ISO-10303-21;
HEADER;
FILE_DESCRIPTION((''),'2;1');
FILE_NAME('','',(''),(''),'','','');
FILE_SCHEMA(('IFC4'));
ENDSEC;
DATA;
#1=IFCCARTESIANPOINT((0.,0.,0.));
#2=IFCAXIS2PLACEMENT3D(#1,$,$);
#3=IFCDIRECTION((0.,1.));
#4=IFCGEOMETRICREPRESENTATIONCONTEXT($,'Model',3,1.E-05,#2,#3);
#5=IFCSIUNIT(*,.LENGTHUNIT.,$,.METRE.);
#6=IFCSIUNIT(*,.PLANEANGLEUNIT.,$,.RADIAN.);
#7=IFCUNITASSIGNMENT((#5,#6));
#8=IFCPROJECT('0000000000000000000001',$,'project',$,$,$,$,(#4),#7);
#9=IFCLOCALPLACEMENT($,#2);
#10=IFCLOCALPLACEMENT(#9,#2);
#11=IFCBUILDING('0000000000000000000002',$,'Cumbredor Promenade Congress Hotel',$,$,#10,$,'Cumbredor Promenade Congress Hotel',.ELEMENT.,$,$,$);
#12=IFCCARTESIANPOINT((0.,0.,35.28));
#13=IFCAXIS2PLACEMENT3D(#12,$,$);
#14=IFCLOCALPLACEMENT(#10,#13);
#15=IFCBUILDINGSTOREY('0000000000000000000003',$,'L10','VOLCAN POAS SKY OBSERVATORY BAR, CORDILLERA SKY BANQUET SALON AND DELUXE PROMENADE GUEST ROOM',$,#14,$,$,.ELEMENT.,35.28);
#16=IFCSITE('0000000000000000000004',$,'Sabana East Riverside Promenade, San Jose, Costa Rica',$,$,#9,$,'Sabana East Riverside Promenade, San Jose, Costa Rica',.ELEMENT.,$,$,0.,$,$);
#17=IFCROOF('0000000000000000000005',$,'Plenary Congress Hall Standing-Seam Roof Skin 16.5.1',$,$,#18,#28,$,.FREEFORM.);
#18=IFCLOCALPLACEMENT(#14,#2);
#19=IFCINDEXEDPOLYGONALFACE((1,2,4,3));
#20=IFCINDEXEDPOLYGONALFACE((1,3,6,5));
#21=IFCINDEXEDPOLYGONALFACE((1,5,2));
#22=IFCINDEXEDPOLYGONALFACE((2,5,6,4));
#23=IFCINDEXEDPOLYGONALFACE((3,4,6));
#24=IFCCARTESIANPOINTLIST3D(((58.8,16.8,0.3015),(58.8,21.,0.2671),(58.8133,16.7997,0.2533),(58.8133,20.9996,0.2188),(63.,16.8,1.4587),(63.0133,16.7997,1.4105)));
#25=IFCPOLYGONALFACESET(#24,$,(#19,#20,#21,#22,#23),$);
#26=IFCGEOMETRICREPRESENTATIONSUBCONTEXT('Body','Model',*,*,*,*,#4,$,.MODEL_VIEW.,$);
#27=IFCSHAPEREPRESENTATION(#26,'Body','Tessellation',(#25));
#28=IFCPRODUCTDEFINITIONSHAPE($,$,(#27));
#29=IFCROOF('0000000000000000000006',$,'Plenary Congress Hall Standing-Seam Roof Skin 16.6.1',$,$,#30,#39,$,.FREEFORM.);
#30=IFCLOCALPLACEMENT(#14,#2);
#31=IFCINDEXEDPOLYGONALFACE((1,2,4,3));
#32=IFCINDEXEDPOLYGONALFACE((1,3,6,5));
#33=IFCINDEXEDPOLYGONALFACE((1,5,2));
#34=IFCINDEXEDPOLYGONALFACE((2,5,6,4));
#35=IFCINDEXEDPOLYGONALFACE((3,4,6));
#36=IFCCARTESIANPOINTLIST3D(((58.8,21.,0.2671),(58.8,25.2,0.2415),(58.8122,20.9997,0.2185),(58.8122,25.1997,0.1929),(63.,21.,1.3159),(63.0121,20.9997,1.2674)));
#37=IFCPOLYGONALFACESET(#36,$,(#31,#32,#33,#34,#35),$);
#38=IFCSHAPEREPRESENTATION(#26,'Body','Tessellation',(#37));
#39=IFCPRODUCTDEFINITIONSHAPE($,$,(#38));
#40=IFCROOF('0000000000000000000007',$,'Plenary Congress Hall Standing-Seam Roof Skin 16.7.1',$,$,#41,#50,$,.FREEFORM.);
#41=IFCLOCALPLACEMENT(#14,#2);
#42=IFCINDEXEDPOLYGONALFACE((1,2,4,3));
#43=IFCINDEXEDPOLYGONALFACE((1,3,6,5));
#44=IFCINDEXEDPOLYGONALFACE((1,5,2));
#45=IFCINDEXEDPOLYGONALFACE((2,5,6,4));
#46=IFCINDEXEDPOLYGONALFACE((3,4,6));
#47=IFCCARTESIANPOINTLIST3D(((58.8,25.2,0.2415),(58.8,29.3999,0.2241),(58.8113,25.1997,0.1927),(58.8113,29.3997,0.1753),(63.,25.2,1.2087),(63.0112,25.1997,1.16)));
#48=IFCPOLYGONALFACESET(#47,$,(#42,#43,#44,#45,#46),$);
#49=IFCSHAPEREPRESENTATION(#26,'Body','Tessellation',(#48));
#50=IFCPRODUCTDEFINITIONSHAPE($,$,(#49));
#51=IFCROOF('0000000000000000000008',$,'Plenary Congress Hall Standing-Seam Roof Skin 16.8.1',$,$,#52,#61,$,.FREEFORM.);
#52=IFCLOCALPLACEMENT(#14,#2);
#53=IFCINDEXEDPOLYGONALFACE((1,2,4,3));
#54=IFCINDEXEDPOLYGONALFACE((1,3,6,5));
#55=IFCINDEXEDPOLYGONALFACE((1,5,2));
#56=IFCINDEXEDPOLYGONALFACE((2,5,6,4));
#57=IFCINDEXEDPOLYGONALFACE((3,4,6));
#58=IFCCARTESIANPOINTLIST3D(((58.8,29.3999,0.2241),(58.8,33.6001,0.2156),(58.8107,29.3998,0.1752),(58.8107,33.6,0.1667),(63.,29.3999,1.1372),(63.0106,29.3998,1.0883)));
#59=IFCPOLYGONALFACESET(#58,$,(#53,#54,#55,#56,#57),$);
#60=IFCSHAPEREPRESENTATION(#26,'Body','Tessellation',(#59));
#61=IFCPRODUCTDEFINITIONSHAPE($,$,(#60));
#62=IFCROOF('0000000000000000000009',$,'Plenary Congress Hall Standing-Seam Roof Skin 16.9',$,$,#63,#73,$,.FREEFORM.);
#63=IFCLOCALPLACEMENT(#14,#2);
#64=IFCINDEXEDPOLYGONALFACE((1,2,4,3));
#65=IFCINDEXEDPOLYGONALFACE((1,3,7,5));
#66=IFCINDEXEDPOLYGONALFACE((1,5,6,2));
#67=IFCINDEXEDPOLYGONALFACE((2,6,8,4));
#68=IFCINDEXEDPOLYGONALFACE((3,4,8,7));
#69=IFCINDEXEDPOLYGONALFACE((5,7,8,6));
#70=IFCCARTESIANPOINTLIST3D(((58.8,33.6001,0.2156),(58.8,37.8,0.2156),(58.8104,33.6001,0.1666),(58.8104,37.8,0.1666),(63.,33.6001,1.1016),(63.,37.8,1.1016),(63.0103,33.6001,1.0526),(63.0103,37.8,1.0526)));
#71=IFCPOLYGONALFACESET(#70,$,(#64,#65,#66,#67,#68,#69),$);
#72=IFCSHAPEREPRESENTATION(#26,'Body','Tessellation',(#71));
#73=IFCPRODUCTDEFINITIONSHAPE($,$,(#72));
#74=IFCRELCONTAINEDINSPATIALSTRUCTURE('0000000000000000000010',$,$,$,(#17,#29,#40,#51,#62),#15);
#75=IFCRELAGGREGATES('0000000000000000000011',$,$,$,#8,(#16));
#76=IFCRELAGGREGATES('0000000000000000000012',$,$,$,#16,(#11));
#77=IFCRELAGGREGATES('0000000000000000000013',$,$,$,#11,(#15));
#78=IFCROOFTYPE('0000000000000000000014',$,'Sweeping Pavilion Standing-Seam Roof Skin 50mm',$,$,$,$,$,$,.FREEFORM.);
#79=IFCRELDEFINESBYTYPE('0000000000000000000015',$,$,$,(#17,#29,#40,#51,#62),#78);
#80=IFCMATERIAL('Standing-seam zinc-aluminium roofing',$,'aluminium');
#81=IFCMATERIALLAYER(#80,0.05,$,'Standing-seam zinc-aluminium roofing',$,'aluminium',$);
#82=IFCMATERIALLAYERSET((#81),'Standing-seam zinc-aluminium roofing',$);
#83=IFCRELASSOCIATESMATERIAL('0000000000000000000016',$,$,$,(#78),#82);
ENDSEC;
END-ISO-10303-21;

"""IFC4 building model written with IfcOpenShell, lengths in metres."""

from ifc_helpers import new_model, si_unit, direction, frame, origin, place, context, subcontext, project, spatial, polyline, outline, extrude, material, layer, layer_set, type_object, element, save


model = new_model("IFC4")

# Units and contexts
model_context = context("Model", 3, precision=1e-05, world=origin(), true_north=direction((0.0, 1.0)))
body_context = subcontext(model_context, "Body", "Model", "MODEL_VIEW")
ifc_project = project(units=[si_unit("LENGTHUNIT", "METRE"), si_unit("PLANEANGLEUNIT", "RADIAN")], contexts=[model_context])

# Site, building, storey
site_placement = place(None, origin())
site = spatial("IfcSite", under=ifc_project, at=site_placement, Name="Sabana East Riverside Promenade, San Jose, Costa Rica", LongName="Sabana East Riverside Promenade, San Jose, Costa Rica", CompositionType="ELEMENT", RefElevation=0.0)
building_placement = place(site_placement, origin())
building = spatial("IfcBuilding", under=site, at=building_placement, Name="Cumbredor Promenade Congress Hotel", LongName="Cumbredor Promenade Congress Hotel", CompositionType="ELEMENT")
storey_placement = place(building_placement, frame((0.0, 0.0, 35.28)))
storey = spatial("IfcBuildingStorey", under=building, at=storey_placement, Name="L10", Description="VOLCAN POAS SKY OBSERVATORY BAR, CORDILLERA SKY BANQUET SALON AND DELUXE PROMENADE GUEST ROOM", CompositionType="ELEMENT", Elevation=35.28)

# Roofs
ifc_material_1 = material(Name="Standing-seam zinc-aluminium roofing", Category="aluminium")
ifc_layer_1 = layer(ifc_material_1, 0.05, Name="Standing-seam zinc-aluminium roofing", Category="aluminium")
ifc_layer_set_1 = layer_set([ifc_layer_1], Name="Standing-seam zinc-aluminium roofing")
roof_type = type_object("IfcRoofType", Name="Sweeping Pavilion Standing-Seam Roof Skin 50mm", PredefinedType="FREEFORM", material=ifc_layer_set_1)
roof_1_placement = place(storey_placement, frame((58.8, 16.8, 0.3015), z_axis=(-0.265626, 0.007902, 0.964044), x_axis=(0.964074, 0.0, 0.265634)))
element("IfcRoof", 1, at=roof_1_placement, inside=storey, type_object=roof_type, Name="Plenary Congress Hall Standing-Seam Roof Skin 16.5.1", PredefinedType="FREEFORM", context=body_context, shape_type="SweptSolid", body=[
    extrude(outline(polyline([(0.0, 0.0), (4.3565, 0.0), (-0.0091, 4.2001), (0.0, 0.0)])), origin(), (0.0, 0.0, -1.0), 0.05),
])
roof_2_placement = place(storey_placement, frame((58.8, 21.0, 0.2671), z_axis=(-0.242279, 0.005922, 0.970188), x_axis=(0.970205, 0.0, 0.242283)))
element("IfcRoof", 2, at=roof_2_placement, inside=storey, type_object=roof_type, Name="Plenary Congress Hall Standing-Seam Roof Skin 16.6.1", PredefinedType="FREEFORM", context=body_context, shape_type="SweptSolid", body=[
    extrude(outline(polyline([(0.0, 0.0), (4.3289, 0.0), (-0.0062, 4.2), (0.0, 0.0)])), origin(), (0.0, 0.0, -1.0), 0.05),
])
roof_3_placement = place(storey_placement, frame((58.8, 25.2, 0.2415), z_axis=(-0.224432, 0.004022, 0.974482), x_axis=(0.974489, 0.0, 0.224433)))
element("IfcRoof", 3, at=roof_3_placement, inside=storey, type_object=roof_type, Name="Plenary Congress Hall Standing-Seam Roof Skin 16.7.1", PredefinedType="FREEFORM", context=body_context, shape_type="SweptSolid", body=[
    extrude(outline(polyline([(0.0, 0.0), (4.3099, 0.0), (-0.0039, 4.2), (0.0, 0.0)])), origin(), (0.0, 0.0, -1.0), 0.05),
])
roof_4_placement = place(storey_placement, frame((58.8, 29.3999, 0.2241), z_axis=(-0.212441, 0.001988, 0.977172), x_axis=(0.977174, 0.0, 0.212441)))
element("IfcRoof", 4, at=roof_4_placement, inside=storey, type_object=roof_type, Name="Plenary Congress Hall Standing-Seam Roof Skin 16.8.1", PredefinedType="FREEFORM", context=body_context, shape_type="SweptSolid", body=[
    extrude(outline(polyline([(0.0, 0.0), (4.2981, 0.0), (-0.0018, 4.2002), (0.0, 0.0)])), origin(), (0.0, 0.0, -1.0), 0.05),
])
roof_5_placement = place(storey_placement, frame((58.8, 33.6001, 0.2156), z_axis=(-0.206409, 0.0, 0.978466), x_axis=(0.978466, 0.0, 0.206409)))
element("IfcRoof", 5, at=roof_5_placement, inside=storey, type_object=roof_type, Name="Plenary Congress Hall Standing-Seam Roof Skin 16.9", PredefinedType="FREEFORM", context=body_context, shape_type="SweptSolid", body=[
    extrude(outline(polyline([(0.0, 0.0), (4.2924, 0.0), (4.2924, 4.2), (0.0, 4.2), (0.0, 0.0)])), origin(), (0.0, 0.0, -1.0), 0.05),
])

save(model, "model.ifc")
